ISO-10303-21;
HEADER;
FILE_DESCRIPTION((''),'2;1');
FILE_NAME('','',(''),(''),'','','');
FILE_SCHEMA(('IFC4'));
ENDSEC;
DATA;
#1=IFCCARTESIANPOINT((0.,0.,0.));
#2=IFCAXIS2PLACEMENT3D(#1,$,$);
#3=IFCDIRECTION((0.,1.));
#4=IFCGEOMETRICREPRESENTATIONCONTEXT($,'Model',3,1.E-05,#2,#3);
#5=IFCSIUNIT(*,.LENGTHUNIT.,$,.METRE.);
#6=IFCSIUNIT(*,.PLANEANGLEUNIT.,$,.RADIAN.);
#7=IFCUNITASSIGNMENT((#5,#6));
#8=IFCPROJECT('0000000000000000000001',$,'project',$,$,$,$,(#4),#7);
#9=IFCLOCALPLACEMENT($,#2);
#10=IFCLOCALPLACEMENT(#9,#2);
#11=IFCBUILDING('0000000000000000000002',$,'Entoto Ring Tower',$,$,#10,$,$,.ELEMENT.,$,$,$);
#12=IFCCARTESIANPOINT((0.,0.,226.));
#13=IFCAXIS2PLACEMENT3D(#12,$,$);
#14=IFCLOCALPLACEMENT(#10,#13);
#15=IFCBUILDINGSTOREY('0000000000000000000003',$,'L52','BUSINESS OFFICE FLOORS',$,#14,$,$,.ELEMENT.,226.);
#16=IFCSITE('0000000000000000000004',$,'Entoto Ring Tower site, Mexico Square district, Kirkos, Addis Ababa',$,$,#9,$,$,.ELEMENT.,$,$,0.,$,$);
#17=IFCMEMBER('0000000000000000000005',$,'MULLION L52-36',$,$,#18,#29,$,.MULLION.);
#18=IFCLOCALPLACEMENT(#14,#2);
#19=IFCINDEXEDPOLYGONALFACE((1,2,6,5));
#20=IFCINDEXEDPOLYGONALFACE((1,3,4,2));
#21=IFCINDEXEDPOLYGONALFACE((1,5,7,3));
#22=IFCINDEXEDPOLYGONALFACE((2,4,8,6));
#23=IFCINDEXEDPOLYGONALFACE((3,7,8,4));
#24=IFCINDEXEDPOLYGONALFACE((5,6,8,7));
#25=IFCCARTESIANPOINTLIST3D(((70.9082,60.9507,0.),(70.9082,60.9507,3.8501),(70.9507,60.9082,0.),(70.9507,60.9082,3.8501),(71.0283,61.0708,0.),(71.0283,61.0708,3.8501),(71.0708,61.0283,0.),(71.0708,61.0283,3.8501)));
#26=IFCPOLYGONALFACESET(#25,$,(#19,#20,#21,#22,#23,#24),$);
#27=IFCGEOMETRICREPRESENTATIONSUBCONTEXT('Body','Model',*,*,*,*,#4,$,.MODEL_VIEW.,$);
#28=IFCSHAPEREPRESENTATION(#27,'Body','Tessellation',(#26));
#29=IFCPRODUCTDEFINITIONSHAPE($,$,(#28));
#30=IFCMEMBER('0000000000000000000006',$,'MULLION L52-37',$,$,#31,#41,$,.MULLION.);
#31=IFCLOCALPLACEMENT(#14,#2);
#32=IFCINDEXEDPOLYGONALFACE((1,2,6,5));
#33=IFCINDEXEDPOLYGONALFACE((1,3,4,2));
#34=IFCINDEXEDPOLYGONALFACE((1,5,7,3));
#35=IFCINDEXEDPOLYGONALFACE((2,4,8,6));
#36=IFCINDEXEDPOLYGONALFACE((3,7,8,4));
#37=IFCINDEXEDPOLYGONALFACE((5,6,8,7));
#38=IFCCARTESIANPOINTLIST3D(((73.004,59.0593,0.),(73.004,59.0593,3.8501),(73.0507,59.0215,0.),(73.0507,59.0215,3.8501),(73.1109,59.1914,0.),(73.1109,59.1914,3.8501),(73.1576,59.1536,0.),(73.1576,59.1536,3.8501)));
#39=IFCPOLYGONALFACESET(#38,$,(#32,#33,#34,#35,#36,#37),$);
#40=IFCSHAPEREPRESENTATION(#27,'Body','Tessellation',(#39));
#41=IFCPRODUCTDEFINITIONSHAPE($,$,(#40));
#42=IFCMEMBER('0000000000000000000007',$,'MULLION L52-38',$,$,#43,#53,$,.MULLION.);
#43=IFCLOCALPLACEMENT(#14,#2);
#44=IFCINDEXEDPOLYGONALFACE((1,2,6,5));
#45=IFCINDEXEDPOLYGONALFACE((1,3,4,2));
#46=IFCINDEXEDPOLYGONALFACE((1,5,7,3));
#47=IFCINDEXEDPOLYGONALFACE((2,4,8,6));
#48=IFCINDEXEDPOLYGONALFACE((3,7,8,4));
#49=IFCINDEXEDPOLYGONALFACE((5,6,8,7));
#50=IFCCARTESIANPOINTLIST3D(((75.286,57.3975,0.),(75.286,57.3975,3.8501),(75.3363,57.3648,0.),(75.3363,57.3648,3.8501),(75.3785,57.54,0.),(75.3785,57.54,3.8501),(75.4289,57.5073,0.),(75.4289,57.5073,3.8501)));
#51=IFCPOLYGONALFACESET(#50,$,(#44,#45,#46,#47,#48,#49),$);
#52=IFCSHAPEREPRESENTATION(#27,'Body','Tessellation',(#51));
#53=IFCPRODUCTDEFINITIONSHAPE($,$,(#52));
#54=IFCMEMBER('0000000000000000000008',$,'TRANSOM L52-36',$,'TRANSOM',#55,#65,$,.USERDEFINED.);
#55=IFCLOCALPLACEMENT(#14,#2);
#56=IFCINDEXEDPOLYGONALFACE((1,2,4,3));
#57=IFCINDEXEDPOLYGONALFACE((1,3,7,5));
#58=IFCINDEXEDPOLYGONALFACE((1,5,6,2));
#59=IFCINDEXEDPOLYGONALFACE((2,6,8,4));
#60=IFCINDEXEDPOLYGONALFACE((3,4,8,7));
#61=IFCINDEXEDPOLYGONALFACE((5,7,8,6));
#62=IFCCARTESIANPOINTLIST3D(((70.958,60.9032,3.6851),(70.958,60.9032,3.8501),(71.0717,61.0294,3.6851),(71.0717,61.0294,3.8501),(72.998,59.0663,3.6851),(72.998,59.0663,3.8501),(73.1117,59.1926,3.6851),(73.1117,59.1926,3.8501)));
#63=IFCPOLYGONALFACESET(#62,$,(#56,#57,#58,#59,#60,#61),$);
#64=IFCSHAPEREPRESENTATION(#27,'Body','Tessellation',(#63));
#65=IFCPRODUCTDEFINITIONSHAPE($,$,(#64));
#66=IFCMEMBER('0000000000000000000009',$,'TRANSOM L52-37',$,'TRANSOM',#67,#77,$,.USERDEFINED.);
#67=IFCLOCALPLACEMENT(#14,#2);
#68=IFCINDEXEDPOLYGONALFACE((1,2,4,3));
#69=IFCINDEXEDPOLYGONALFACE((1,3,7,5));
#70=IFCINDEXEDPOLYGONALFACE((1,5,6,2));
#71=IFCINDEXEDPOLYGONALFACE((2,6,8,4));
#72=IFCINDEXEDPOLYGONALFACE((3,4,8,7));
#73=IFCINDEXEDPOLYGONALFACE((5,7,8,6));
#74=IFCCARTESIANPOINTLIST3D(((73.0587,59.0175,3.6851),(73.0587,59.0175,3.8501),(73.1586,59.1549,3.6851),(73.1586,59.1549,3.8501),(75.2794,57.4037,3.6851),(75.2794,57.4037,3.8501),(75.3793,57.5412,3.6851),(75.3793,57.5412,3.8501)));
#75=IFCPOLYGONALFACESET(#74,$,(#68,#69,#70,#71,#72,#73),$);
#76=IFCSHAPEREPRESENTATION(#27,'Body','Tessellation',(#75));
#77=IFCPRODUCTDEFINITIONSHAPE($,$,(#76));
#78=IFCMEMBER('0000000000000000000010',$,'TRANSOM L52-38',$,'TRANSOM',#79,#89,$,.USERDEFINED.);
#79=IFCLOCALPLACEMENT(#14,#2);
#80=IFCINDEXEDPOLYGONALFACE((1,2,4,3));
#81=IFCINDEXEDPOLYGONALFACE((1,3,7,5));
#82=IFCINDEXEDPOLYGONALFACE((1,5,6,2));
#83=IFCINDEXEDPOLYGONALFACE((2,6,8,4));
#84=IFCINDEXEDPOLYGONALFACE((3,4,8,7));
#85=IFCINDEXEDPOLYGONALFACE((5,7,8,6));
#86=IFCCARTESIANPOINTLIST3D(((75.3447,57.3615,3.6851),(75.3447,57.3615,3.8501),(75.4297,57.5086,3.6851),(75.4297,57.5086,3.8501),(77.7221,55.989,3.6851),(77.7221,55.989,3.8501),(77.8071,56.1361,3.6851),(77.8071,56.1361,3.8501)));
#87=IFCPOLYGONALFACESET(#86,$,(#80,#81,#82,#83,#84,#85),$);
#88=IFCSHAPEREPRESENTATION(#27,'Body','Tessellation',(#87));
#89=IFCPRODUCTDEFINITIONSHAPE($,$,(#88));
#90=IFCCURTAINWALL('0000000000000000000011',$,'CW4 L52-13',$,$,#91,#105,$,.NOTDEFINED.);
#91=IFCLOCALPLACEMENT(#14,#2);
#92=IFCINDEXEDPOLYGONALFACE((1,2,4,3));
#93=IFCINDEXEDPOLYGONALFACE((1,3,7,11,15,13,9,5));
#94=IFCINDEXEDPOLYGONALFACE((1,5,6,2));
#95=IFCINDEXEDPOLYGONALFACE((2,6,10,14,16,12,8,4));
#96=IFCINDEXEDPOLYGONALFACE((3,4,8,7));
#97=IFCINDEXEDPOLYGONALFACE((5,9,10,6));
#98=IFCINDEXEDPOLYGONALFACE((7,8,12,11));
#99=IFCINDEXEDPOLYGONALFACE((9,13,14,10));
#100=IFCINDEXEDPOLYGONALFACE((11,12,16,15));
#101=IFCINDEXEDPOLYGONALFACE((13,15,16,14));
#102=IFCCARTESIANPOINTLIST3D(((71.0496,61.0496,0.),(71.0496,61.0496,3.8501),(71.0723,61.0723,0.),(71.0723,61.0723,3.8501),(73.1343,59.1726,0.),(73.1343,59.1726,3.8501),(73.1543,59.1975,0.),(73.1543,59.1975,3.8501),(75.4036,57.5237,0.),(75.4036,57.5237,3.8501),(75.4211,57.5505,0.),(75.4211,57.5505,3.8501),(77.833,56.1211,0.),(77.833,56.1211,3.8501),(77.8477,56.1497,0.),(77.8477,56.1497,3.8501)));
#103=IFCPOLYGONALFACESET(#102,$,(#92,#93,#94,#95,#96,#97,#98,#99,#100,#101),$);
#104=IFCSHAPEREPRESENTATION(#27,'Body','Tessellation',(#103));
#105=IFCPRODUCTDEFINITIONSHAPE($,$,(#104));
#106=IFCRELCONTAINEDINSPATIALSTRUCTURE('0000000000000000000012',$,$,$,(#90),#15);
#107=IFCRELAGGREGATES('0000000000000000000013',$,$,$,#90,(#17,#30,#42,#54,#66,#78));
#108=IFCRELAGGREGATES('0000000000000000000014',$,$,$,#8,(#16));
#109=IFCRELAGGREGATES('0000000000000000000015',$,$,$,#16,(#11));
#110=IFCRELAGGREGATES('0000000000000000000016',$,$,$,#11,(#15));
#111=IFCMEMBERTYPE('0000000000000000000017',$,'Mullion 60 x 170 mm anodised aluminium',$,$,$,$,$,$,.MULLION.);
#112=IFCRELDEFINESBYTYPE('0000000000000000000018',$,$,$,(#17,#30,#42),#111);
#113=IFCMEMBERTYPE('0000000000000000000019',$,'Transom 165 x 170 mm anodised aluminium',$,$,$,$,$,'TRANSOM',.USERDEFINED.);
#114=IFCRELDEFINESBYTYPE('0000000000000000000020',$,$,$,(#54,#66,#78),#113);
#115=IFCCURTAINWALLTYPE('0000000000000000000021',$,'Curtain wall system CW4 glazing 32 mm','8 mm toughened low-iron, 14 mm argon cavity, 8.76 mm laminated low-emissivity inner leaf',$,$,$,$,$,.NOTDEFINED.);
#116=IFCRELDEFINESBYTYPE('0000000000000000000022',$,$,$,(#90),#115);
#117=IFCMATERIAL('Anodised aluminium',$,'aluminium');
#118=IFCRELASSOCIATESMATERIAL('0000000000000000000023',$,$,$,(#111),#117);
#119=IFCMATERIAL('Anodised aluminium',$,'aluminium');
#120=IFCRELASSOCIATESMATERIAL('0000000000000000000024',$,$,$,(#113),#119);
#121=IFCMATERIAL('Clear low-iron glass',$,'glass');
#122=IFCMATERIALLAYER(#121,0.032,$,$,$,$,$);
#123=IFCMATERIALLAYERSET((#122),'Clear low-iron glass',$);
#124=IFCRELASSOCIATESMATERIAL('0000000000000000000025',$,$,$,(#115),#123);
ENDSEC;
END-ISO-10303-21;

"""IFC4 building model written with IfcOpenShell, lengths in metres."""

from ifc_helpers import new_model, si_unit, direction, frame, origin, origin_2d, place, context, subcontext, project, spatial, polyline, rectangle, outline, extrude, material, layer, layer_set, material_profile, profile_set, type_object, element, aggregate, save


model = new_model("IFC4")

# Units and contexts
model_context = context("Model", 3, precision=1e-05, world=origin(), true_north=direction((0.0, 1.0)))
body_context = subcontext(model_context, "Body", "Model", "MODEL_VIEW")
ifc_project = project(units=[si_unit("LENGTHUNIT", "METRE"), si_unit("PLANEANGLEUNIT", "RADIAN")], contexts=[model_context])

# Members
ifc_material_1 = material(Name="Anodised aluminium", Category="aluminium")
ifc_material_profile_1 = material_profile(ifc_material_1, rectangle(XDim=0.0601, YDim=0.1699, at=origin_2d()), Name="Mullion 60 x 170 mm anodised aluminium")
ifc_profile_set_1 = profile_set([ifc_material_profile_1], Name="Anodised aluminium")
member_type_1 = type_object("IfcMemberType", Name="Mullion 60 x 170 mm anodised aluminium", PredefinedType="MULLION", material=ifc_profile_set_1)
site_placement = place(None, origin())
building_placement = place(site_placement, origin())
storey_placement = place(building_placement, frame((0.0, 0.0, 226.0)))
member_1_placement = place(storey_placement, frame((70.9895, 60.9895, 0.0), z_axis=(0.0, 0.0, 1.0), x_axis=(0.707107, -0.707107, 0.0)))
member_1 = element("IfcMember", 1, at=member_1_placement, type_object=member_type_1, Name="MULLION L52-36", PredefinedType="MULLION", context=body_context, shape_type="SweptSolid", body=[
    extrude(rectangle(XDim=0.0601, YDim=0.1699, at=origin_2d()), origin(), (0.0, 0.0, 1.0), 3.8501),
])
member_2_placement = place(storey_placement, frame((73.0808, 59.1064, 0.0), z_axis=(0.0, 0.0, 1.0), x_axis=(0.777146, -0.62932, 0.0)))
member_2 = element("IfcMember", 2, at=member_2_placement, type_object=member_type_1, Name="MULLION L52-37", PredefinedType="MULLION", context=body_context, shape_type="SweptSolid", body=[
    extrude(rectangle(XDim=0.0601, YDim=0.1699, at=origin_2d()), origin(), (0.0, 0.0, 1.0), 3.8501),
])
member_3_placement = place(storey_placement, frame((75.3574, 57.4524, 0.0), z_axis=(0.0, 0.0, 1.0), x_axis=(0.838671, -0.544639, 0.0)))
member_3 = element("IfcMember", 3, at=member_3_placement, type_object=member_type_1, Name="MULLION L52-38", PredefinedType="MULLION", context=body_context, shape_type="SweptSolid", body=[
    extrude(rectangle(XDim=0.0601, YDim=0.1699, at=origin_2d()), origin(), (0.0, 0.0, 1.0), 3.8501),
])
ifc_material_2 = material(Name="Anodised aluminium", Category="aluminium")
ifc_material_profile_2 = material_profile(ifc_material_2, rectangle(XDim=0.1699, YDim=0.165, at=origin_2d()), Name="Transom 165 x 170 mm anodised aluminium")
ifc_profile_set_2 = profile_set([ifc_material_profile_2], Name="Anodised aluminium")
member_type_2 = type_object("IfcMemberType", Name="Transom 165 x 170 mm anodised aluminium", ElementType="TRANSOM", PredefinedType="USERDEFINED", material=ifc_profile_set_2)
member_4_placement = place(storey_placement, frame((71.0149, 60.9663, 3.7676), z_axis=(0.743135, -0.669142, 0.0), x_axis=(0.669142, 0.743135, 0.0)))
member_4 = element("IfcMember", 4, at=member_4_placement, type_object=member_type_2, Name="TRANSOM L52-36", ObjectType="TRANSOM", PredefinedType="USERDEFINED", context=body_context, shape_type="SweptSolid", body=[
    extrude(rectangle(XDim=0.1699, YDim=0.165, at=origin_2d()), origin(), (0.0, 0.0, 1.0), 2.7451),
])
member_5_placement = place(storey_placement, frame((73.1086, 59.0862, 3.7676), z_axis=(0.808959, -0.587865, 0.0), x_axis=(0.587865, 0.808959, 0.0)))
member_5 = element("IfcMember", 5, at=member_5_placement, type_object=member_type_2, Name="TRANSOM L52-37", ObjectType="TRANSOM", PredefinedType="USERDEFINED", context=body_context, shape_type="SweptSolid", body=[
    extrude(rectangle(XDim=0.1699, YDim=0.165, at=origin_2d()), origin(), (0.0, 0.0, 1.0), 2.7451),
])
member_6_placement = place(storey_placement, frame((75.3872, 57.4351, 3.7676), z_axis=(0.866035, -0.499984, 0.0), x_axis=(0.499984, 0.866035, 0.0)))
member_6 = element("IfcMember", 6, at=member_6_placement, type_object=member_type_2, Name="TRANSOM L52-38", ObjectType="TRANSOM", PredefinedType="USERDEFINED", context=body_context, shape_type="SweptSolid", body=[
    extrude(rectangle(XDim=0.1699, YDim=0.165, at=origin_2d()), origin(), (0.0, 0.0, 1.0), 2.7451),
])

# Site, building, storey
site = spatial("IfcSite", under=ifc_project, at=site_placement, Name="Entoto Ring Tower site, Mexico Square district, Kirkos, Addis Ababa", CompositionType="ELEMENT", RefElevation=0.0)
building = spatial("IfcBuilding", under=site, at=building_placement, Name="Entoto Ring Tower", CompositionType="ELEMENT")
storey = spatial("IfcBuildingStorey", under=building, at=storey_placement, Name="L52", Description="BUSINESS OFFICE FLOORS", CompositionType="ELEMENT", Elevation=226.0)

# Curtain wall
ifc_material_3 = material(Name="Clear low-iron glass", Category="glass")
ifc_layer = layer(ifc_material_3, 0.032)
ifc_layer_set = layer_set([ifc_layer], Name="Clear low-iron glass")
curtain_wall_type = type_object("IfcCurtainWallType", Name="Curtain wall system CW4 glazing 32 mm", Description="8 mm toughened low-iron, 14 mm argon cavity, 8.76 mm laminated low-emissivity inner leaf", PredefinedType="NOTDEFINED", material=ifc_layer_set)
curtain_wall_1_placement = place(storey_placement, origin())
curtain_wall_1 = element("IfcCurtainWall", 7, at=curtain_wall_1_placement, inside=storey, type_object=curtain_wall_type, Name="CW4 L52-13", PredefinedType="NOTDEFINED", context=body_context, shape_type="SweptSolid", body=[
    extrude(outline(polyline([(71.0496, 61.0496), (73.1343, 59.1726), (75.4036, 57.5237), (77.833, 56.1211), (77.8477, 56.1497), (75.4211, 57.5505), (73.1543, 59.1975), (71.0723, 61.0723), (71.0496, 61.0496)])), origin(), (0.0, 0.0, 1.0), 3.8501),
])
aggregate(curtain_wall_1, [member_1, member_2, member_3, member_4, member_5, member_6])

save(model, "model.ifc")
